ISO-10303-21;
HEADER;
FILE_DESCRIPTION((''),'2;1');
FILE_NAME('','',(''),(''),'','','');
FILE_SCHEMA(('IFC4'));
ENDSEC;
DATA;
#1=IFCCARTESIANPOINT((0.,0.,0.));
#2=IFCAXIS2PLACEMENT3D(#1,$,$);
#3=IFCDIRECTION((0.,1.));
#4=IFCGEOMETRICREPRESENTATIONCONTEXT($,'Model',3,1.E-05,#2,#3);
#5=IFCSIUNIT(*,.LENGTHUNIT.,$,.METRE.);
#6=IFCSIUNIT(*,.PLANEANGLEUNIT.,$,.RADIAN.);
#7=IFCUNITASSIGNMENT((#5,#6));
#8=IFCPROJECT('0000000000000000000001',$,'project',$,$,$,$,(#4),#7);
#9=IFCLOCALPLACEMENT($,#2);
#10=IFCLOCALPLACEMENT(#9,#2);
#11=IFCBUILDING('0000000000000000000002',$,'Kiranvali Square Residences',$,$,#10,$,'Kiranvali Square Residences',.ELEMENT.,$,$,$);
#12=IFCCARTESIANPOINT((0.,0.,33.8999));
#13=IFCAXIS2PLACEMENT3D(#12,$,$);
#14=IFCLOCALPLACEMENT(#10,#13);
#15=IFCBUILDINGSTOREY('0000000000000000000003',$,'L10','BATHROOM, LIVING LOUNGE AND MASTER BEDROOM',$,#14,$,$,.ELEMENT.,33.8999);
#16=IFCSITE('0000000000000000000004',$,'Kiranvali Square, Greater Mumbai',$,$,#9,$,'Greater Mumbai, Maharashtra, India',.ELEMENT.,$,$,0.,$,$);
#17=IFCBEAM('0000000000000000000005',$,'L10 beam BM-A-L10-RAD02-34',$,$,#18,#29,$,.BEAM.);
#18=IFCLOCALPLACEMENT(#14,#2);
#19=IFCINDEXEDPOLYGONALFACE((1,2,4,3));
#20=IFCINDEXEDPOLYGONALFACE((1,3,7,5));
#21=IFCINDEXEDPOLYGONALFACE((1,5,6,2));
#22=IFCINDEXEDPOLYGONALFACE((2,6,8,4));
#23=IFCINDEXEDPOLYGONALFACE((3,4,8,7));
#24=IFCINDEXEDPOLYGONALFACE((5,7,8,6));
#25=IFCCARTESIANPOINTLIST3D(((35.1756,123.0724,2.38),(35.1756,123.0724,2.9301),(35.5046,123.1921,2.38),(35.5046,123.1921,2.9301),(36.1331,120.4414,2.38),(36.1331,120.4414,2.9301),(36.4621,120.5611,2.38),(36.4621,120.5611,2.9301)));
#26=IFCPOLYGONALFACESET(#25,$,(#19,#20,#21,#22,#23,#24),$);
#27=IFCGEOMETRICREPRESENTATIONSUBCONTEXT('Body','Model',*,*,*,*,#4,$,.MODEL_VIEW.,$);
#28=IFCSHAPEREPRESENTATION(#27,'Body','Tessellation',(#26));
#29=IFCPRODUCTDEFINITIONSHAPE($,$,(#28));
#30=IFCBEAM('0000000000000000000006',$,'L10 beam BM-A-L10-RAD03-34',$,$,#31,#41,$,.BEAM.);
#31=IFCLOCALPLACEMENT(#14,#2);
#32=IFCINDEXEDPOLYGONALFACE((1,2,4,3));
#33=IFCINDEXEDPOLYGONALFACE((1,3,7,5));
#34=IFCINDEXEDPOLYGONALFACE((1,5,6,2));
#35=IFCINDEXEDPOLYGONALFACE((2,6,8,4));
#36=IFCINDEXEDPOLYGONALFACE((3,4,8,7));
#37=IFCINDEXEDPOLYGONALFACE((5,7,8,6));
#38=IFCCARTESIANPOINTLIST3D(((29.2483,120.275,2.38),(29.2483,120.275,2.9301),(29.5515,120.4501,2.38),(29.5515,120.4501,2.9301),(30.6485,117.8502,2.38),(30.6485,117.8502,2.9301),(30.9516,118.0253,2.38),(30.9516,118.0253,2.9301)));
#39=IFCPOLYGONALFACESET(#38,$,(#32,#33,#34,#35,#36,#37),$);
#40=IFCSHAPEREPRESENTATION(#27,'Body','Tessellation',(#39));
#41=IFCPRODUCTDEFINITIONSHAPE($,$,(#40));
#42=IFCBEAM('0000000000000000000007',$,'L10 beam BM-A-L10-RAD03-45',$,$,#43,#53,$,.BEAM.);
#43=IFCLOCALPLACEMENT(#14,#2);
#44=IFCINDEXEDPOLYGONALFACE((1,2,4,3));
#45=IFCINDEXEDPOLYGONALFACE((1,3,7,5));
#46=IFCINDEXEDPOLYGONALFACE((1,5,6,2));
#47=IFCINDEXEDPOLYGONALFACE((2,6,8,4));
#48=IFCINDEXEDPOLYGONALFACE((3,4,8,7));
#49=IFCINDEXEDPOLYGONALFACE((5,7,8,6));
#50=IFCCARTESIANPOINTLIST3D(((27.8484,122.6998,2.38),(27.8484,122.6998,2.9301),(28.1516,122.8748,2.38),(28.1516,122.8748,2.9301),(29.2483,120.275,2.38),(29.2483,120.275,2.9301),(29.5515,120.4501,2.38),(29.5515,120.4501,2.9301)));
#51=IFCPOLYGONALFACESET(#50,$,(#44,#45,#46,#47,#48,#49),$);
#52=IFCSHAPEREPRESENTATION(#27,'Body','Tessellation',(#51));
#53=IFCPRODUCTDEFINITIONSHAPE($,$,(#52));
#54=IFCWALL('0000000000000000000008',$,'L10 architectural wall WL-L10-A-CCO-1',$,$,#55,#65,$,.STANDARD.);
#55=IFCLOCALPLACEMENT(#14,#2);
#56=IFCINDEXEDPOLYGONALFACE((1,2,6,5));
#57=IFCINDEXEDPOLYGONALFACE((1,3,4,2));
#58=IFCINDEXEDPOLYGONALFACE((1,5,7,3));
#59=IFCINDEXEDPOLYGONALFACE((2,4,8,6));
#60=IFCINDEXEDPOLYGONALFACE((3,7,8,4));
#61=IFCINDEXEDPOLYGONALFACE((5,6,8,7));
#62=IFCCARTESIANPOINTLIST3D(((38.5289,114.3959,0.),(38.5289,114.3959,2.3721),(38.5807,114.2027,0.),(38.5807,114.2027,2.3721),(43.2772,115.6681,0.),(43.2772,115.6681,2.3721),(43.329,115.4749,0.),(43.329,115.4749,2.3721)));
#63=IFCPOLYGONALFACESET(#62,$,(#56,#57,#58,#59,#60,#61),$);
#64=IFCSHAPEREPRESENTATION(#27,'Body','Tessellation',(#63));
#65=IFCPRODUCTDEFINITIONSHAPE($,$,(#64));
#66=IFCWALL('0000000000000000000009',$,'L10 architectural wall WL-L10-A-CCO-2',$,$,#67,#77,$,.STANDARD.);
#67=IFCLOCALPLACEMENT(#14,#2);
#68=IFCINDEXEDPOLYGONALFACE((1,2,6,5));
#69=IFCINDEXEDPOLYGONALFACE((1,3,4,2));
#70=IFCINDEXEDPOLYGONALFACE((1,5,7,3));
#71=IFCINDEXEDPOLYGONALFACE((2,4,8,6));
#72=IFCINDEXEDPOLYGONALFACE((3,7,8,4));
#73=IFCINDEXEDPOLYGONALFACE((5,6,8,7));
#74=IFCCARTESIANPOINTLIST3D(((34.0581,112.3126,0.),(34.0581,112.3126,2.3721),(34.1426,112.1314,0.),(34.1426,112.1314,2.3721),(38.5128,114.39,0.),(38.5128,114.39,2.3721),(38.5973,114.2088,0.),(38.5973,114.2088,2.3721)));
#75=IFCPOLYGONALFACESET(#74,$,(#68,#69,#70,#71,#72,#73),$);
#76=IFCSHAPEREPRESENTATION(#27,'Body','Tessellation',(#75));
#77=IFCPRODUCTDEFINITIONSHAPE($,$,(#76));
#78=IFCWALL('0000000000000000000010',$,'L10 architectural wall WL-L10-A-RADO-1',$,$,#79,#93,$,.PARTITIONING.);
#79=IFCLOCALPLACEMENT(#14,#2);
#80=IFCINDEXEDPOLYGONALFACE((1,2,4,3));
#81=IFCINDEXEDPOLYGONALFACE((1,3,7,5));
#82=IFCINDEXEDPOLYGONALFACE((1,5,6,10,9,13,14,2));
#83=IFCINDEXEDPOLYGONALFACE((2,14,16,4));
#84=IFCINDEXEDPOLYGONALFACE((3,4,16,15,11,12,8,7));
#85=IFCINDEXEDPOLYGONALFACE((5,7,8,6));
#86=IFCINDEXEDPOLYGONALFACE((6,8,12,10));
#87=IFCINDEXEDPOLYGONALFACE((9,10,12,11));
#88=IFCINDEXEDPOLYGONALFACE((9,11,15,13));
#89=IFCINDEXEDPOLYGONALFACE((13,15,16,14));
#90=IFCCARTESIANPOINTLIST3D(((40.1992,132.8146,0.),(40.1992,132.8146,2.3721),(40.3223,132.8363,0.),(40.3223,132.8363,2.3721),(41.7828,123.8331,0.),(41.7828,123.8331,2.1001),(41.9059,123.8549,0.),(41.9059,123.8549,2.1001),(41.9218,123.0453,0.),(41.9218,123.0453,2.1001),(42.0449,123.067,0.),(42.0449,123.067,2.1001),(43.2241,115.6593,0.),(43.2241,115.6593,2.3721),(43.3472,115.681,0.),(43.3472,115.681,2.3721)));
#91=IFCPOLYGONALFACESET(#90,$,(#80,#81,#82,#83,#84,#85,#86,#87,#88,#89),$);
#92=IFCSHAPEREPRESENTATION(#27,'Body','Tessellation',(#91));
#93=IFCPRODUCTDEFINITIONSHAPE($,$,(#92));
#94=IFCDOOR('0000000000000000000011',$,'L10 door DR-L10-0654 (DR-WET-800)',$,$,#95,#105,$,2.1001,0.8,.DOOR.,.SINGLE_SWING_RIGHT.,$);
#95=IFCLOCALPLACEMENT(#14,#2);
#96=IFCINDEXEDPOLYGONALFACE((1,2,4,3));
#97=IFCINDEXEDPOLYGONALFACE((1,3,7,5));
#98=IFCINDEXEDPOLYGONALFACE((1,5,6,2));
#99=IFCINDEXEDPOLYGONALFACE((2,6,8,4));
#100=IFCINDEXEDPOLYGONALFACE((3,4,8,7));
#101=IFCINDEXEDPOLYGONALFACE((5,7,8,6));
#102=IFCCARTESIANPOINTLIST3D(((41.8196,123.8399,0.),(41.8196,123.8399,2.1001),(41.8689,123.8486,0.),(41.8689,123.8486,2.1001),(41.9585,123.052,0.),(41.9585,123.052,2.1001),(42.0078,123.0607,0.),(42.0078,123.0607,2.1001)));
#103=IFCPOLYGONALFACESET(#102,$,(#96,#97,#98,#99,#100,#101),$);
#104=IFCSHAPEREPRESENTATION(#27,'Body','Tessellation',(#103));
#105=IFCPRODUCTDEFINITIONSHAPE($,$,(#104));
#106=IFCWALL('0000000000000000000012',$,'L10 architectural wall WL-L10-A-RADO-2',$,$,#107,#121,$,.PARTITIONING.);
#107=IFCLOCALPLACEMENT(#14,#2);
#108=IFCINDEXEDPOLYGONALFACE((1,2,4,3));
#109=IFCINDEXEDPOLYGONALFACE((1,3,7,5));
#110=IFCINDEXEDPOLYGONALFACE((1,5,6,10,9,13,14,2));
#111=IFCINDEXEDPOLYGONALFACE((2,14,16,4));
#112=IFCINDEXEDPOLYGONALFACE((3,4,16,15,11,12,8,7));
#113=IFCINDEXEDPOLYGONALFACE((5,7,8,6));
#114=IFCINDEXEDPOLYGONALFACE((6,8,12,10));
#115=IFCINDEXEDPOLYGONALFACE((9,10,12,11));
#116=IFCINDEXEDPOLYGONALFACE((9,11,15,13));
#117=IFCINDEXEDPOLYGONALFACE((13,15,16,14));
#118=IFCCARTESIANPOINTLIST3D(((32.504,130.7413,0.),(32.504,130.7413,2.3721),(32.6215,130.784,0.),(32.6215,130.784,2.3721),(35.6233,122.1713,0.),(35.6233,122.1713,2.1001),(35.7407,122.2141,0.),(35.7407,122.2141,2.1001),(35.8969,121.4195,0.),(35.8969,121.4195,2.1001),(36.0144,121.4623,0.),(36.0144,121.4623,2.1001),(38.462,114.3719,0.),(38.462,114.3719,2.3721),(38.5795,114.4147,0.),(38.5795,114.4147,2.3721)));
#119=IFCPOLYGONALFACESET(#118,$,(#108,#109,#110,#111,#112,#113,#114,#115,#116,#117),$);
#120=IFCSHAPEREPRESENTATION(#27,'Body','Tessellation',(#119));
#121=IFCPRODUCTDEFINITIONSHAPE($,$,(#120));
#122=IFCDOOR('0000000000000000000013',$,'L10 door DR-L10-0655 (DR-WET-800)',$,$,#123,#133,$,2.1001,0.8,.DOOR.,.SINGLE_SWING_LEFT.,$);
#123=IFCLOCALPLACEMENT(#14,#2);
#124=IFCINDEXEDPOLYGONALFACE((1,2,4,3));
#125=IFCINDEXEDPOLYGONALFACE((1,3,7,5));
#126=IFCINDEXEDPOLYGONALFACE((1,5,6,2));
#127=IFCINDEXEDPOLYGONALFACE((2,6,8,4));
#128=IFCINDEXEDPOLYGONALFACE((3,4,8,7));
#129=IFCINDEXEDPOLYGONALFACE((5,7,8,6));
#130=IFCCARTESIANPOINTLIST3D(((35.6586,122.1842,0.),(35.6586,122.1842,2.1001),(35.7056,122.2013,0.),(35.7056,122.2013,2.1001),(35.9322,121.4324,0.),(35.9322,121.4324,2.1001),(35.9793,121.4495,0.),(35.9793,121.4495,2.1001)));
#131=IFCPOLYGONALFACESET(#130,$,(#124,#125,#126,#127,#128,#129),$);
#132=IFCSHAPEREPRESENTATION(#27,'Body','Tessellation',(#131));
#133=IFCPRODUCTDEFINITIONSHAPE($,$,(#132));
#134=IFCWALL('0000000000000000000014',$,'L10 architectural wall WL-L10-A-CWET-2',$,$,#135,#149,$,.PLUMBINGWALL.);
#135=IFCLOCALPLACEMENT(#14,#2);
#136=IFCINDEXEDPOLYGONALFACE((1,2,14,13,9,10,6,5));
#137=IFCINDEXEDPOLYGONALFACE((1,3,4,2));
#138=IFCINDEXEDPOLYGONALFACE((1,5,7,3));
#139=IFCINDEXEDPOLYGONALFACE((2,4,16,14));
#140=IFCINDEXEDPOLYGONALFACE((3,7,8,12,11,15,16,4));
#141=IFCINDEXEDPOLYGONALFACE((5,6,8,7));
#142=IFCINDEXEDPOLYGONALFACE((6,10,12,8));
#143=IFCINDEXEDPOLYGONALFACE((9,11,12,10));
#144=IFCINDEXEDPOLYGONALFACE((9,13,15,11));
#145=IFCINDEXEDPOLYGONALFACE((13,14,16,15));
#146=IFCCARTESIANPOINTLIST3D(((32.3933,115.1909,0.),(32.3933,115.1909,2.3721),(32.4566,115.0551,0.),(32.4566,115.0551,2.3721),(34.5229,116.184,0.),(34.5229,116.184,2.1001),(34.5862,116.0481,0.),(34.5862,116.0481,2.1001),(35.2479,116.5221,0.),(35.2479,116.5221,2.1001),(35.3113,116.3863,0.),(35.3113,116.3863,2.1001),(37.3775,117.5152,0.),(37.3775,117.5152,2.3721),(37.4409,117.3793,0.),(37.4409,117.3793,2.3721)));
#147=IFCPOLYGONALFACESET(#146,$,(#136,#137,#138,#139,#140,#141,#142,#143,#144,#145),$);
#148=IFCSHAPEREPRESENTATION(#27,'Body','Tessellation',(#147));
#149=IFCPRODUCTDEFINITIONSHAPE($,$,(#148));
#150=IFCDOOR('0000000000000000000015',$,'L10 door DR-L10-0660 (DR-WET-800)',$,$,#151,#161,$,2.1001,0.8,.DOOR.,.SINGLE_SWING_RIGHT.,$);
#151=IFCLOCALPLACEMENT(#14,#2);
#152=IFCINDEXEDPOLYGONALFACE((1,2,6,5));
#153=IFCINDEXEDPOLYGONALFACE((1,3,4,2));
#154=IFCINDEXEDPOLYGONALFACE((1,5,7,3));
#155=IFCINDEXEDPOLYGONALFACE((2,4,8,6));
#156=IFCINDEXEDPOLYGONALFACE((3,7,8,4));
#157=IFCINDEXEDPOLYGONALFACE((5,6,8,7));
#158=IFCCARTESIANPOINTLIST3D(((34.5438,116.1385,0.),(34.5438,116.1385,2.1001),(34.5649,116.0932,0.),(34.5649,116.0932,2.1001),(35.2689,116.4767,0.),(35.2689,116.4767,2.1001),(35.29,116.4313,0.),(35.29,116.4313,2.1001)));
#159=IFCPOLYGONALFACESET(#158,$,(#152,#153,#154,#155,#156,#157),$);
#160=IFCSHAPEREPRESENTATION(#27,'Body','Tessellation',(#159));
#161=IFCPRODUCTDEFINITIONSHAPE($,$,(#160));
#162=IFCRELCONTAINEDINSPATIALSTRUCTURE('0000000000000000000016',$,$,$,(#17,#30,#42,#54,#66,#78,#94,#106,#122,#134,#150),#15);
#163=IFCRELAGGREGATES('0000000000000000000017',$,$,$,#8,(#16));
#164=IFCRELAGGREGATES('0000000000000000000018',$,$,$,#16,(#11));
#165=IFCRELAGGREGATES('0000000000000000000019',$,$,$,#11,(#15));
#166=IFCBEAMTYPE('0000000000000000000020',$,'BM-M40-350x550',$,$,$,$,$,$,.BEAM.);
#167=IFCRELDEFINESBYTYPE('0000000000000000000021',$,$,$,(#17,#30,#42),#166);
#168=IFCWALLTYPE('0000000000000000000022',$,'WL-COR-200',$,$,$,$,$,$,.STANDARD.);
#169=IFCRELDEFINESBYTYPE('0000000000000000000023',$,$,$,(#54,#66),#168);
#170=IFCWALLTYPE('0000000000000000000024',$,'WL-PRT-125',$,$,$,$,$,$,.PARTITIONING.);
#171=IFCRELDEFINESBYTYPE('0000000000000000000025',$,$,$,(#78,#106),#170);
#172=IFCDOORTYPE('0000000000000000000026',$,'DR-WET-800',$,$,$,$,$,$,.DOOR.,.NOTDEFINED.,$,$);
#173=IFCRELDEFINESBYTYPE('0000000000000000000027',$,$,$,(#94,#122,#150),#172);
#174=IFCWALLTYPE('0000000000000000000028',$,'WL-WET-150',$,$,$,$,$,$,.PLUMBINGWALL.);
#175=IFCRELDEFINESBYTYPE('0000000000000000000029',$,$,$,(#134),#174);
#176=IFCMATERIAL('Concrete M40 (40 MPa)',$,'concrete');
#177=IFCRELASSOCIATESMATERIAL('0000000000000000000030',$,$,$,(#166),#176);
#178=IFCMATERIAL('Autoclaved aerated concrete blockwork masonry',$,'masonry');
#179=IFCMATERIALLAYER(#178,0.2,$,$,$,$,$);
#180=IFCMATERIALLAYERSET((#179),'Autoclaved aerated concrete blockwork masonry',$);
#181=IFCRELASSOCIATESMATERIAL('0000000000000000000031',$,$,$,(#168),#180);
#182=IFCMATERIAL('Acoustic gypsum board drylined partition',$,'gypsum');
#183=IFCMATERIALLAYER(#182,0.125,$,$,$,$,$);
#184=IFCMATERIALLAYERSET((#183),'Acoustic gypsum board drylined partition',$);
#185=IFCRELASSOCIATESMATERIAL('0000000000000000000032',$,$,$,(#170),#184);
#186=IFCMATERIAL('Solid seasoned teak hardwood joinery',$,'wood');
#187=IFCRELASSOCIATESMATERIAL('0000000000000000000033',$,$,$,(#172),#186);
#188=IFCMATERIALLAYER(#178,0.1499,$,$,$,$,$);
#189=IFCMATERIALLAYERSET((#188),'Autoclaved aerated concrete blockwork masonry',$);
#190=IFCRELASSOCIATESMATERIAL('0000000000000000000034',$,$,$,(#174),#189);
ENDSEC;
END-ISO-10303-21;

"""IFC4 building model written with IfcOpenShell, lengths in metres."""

from ifc_helpers import new_model, si_unit, direction, frame, frame_2d, origin, origin_2d, place, context, subcontext, project, spatial, rectangle, extrude, material, layer, layer_set, material_profile, profile_set, type_object, element, fill, save


model = new_model("IFC4")

# Units and contexts
model_context = context("Model", 3, precision=1e-05, world=origin(), true_north=direction((0.0, 1.0)))
body_context = subcontext(model_context, "Body", "Model", "MODEL_VIEW")
ifc_project = project(units=[si_unit("LENGTHUNIT", "METRE"), si_unit("PLANEANGLEUNIT", "RADIAN")], contexts=[model_context])

# Site, building, storey
site_placement = place(None, origin())
site = spatial("IfcSite", under=ifc_project, at=site_placement, Name="Kiranvali Square, Greater Mumbai", LongName="Greater Mumbai, Maharashtra, India", CompositionType="ELEMENT", RefElevation=0.0)
building_placement = place(site_placement, origin())
building = spatial("IfcBuilding", under=site, at=building_placement, Name="Kiranvali Square Residences", LongName="Kiranvali Square Residences", CompositionType="ELEMENT")
storey_placement = place(building_placement, frame((0.0, 0.0, 33.8999)))
storey = spatial("IfcBuildingStorey", under=building, at=storey_placement, Name="L10", Description="BATHROOM, LIVING LOUNGE AND MASTER BEDROOM", CompositionType="ELEMENT", Elevation=33.8999)

# Shared definitions
ifc_material_1 = material(Name="Concrete M40 (40 MPa)", Category="concrete")

# Beams
ifc_material_profile_1 = material_profile(ifc_material_1, rectangle(XDim=0.3501, YDim=0.55, at=origin_2d()), Name="RC 350x550")
ifc_profile_set_1 = profile_set([ifc_material_profile_1], Name="Concrete M40 (40 MPa)")
beam_type = type_object("IfcBeamType", Name="BM-M40-350x550", PredefinedType="BEAM", material=ifc_profile_set_1)
beam_1_placement = place(storey_placement, frame((36.2976, 120.5012, 2.655), z_axis=(-0.341981, 0.939707, 0.0), x_axis=(-0.939707, -0.341981, 0.0)))
element("IfcBeam", 1, at=beam_1_placement, inside=storey, type_object=beam_type, Name="L10 beam BM-A-L10-RAD02-34", PredefinedType="BEAM", context=body_context, shape_type="SweptSolid", body=[
    extrude(rectangle(XDim=0.3501, YDim=0.55, at=origin_2d()), origin(), (0.0, 0.0, 1.0), 2.7998),
])
beam_2_placement = place(storey_placement, frame((30.8, 117.9377, 2.655), z_axis=(-0.50005, 0.865997, 0.0), x_axis=(-0.865997, -0.50005, 0.0)))
element("IfcBeam", 2, at=beam_2_placement, inside=storey, type_object=beam_type, Name="L10 beam BM-A-L10-RAD03-34", PredefinedType="BEAM", context=body_context, shape_type="SweptSolid", body=[
    extrude(rectangle(XDim=0.3501, YDim=0.55, at=origin_2d()), origin(), (0.0, 0.0, 1.0), 2.8),
])
beam_3_placement = place(storey_placement, frame((29.3999, 120.3625, 2.655), z_axis=(-0.499984, 0.866035, 0.0), x_axis=(-0.866035, -0.499984, 0.0)))
element("IfcBeam", 3, at=beam_3_placement, inside=storey, type_object=beam_type, Name="L10 beam BM-A-L10-RAD03-45", PredefinedType="BEAM", context=body_context, shape_type="SweptSolid", body=[
    extrude(rectangle(XDim=0.3501, YDim=0.55, at=origin_2d()), origin(), (0.0, 0.0, 1.0), 2.7998),
])

# Shared definitions
ifc_material_2 = material(Name="Autoclaved aerated concrete blockwork masonry", Category="masonry")
ifc_layer_1 = layer(ifc_material_2, 0.2)
ifc_layer_set_1 = layer_set([ifc_layer_1], Name="Autoclaved aerated concrete blockwork masonry")
wall_type_1 = type_object("IfcWallType", Name="WL-COR-200", PredefinedType="STANDARD", material=ifc_layer_set_1)

# Walls
wall_1_placement = place(storey_placement, frame((43.3032, 115.5715, 0.0), z_axis=(0.0, 0.0, 1.0), x_axis=(-0.96593, -0.258803, 0.0)))
element("IfcWall", 4, at=wall_1_placement, inside=storey, type_object=wall_type_1, Name="L10 architectural wall WL-L10-A-CCO-1", PredefinedType="STANDARD", context=body_context, shape_type="SweptSolid", body=[
    extrude(rectangle(XDim=4.9158, YDim=0.2, at=frame_2d((2.458, 0.0))), origin(), (0.0, 0.0, 1.0), 2.3721),
])
wall_2_placement = place(storey_placement, frame((38.5549, 114.2993, 0.0), z_axis=(0.0, 0.0, 1.0), x_axis=(-0.906302, -0.42263, 0.0)))
element("IfcWall", 5, at=wall_2_placement, inside=storey, type_object=wall_type_1, Name="L10 architectural wall WL-L10-A-CCO-2", PredefinedType="STANDARD", context=body_context, shape_type="SweptSolid", body=[
    extrude(rectangle(XDim=4.9153, YDim=0.2, at=frame_2d((2.4575, 0.0))), origin(), (0.0, 0.0, 1.0), 2.3721),
])

# Walls, openings, doors
ifc_material_3 = material(Name="Acoustic gypsum board drylined partition", Category="gypsum")
ifc_layer_2 = layer(ifc_material_3, 0.125)
ifc_layer_set_2 = layer_set([ifc_layer_2], Name="Acoustic gypsum board drylined partition")
wall_type_2 = type_object("IfcWallType", Name="WL-PRT-125", PredefinedType="PARTITIONING", material=ifc_layer_set_2)
wall_3_placement = place(storey_placement, frame((43.2856, 115.6702, 0.0), z_axis=(0.0, 0.0, 1.0), x_axis=(-0.173646, 0.984808, 0.0)))
wall_3 = element("IfcWall", 6, at=wall_3_placement, inside=storey, type_object=wall_type_2, Name="L10 architectural wall WL-L10-A-RADO-1", PredefinedType="PARTITIONING", context=body_context, shape_type="SweptSolid", body=[
    extrude(rectangle(XDim=17.4199, YDim=0.125, at=frame_2d((8.71, 0.0))), origin(), (0.0, 0.0, 1.0), 2.3721),
])
opening_1_placement = place(wall_3_placement, frame((7.5, 0.0, 0.0)))
opening_1 = element("IfcOpeningElement", 7, at=opening_1_placement, cuts=wall_3, PredefinedType="OPENING", context=body_context, shape_type="SweptSolid", body=[
    extrude(rectangle(XDim=0.8, YDim=2.1001, at=frame_2d((0.3999, 1.05))), frame((0.0, 0.0725, 0.0), z_axis=(0.0, -1.0, 0.0), x_axis=(1.0, 0.0, 0.0)), (0.0, 0.0, 1.0), 0.145),
])
ifc_material_4 = material(Name="Solid seasoned teak hardwood joinery", Category="wood")
door_type_1 = type_object("IfcDoorType", Name="DR-WET-800", OperationType="NOTDEFINED", PredefinedType="DOOR", material=ifc_material_4)
door_1_placement = place(opening_1_placement, frame((0.8, 0.0, 0.0), z_axis=(0.0, 0.0, 1.0), x_axis=(-1.0, 0.0, 0.0)))
door_1 = element("IfcDoor", 8, at=door_1_placement, inside=storey, type_object=door_type_1, Name="L10 door DR-L10-0654 (DR-WET-800)", OperationType="SINGLE_SWING_RIGHT", OverallHeight=2.1001, OverallWidth=0.8, PredefinedType="DOOR", context=body_context, shape_type="SweptSolid", body=[
    extrude(rectangle(XDim=0.8, YDim=2.1001, at=frame_2d((0.3999, 1.05))), frame((0.0, 0.0249, 0.0), z_axis=(0.0, -1.0, 0.0), x_axis=(1.0, 0.0, 0.0)), (0.0, 0.0, 1.0), 0.05),
])
fill(opening_1, door_1)
wall_4_placement = place(storey_placement, frame((38.5208, 114.3933, 0.0), z_axis=(0.0, 0.0, 1.0), x_axis=(-0.342022, 0.939692, 0.0)))
wall_4 = element("IfcWall", 9, at=wall_4_placement, inside=storey, type_object=wall_type_2, Name="L10 architectural wall WL-L10-A-RADO-2", PredefinedType="PARTITIONING", context=body_context, shape_type="SweptSolid", body=[
    extrude(rectangle(XDim=17.4199, YDim=0.125, at=frame_2d((8.71, 0.0))), origin(), (0.0, 0.0, 1.0), 2.3721),
])
opening_2_placement = place(wall_4_placement, frame((7.5, 0.0, 0.0)))
opening_2 = element("IfcOpeningElement", 10, at=opening_2_placement, cuts=wall_4, PredefinedType="OPENING", context=body_context, shape_type="SweptSolid", body=[
    extrude(rectangle(XDim=0.8, YDim=2.1001, at=frame_2d((0.3999, 1.05))), frame((0.0, 0.0725, 0.0), z_axis=(0.0, -1.0, 0.0), x_axis=(1.0, 0.0, 0.0)), (0.0, 0.0, 1.0), 0.145),
])
door_2_placement = place(opening_2_placement, origin())
door_2 = element("IfcDoor", 11, at=door_2_placement, inside=storey, type_object=door_type_1, Name="L10 door DR-L10-0655 (DR-WET-800)", OperationType="SINGLE_SWING_LEFT", OverallHeight=2.1001, OverallWidth=0.8, PredefinedType="DOOR", context=body_context, shape_type="SweptSolid", body=[
    extrude(rectangle(XDim=0.8, YDim=2.1001, at=frame_2d((0.3999, 1.05))), frame((0.0, 0.0249, 0.0), z_axis=(0.0, -1.0, 0.0), x_axis=(1.0, 0.0, 0.0)), (0.0, 0.0, 1.0), 0.05),
])
fill(opening_2, door_2)
ifc_layer_3 = layer(ifc_material_2, 0.1499)
ifc_layer_set_3 = layer_set([ifc_layer_3], Name="Autoclaved aerated concrete blockwork masonry")
wall_type_3 = type_object("IfcWallType", Name="WL-WET-150", PredefinedType="PLUMBINGWALL", material=ifc_layer_set_3)
wall_5_placement = place(storey_placement, frame((37.4092, 117.4473, 0.0), z_axis=(0.0, 0.0, 1.0), x_axis=(-0.906302, -0.42263, 0.0)))
wall_5 = element("IfcWall", 12, at=wall_5_placement, inside=storey, type_object=wall_type_3, Name="L10 architectural wall WL-L10-A-CWET-2", PredefinedType="PLUMBINGWALL", context=body_context, shape_type="SweptSolid", body=[
    extrude(rectangle(XDim=5.4995, YDim=0.1499, at=frame_2d((2.7498, 0.0))), origin(), (0.0, 0.0, 1.0), 2.3721),
])
opening_3_placement = place(wall_5_placement, frame((2.3499, 0.0, 0.0)))
opening_3 = element("IfcOpeningElement", 13, at=opening_3_placement, cuts=wall_5, PredefinedType="OPENING", context=body_context, shape_type="SweptSolid", body=[
    extrude(rectangle(XDim=0.8, YDim=2.1001, at=frame_2d((0.3999, 1.05))), frame((0.0, 0.085, 0.0), z_axis=(0.0, -1.0, 0.0), x_axis=(1.0, 0.0, 0.0)), (0.0, 0.0, 1.0), 0.1699),
])
door_3_placement = place(opening_3_placement, frame((0.8, 0.0, 0.0), z_axis=(0.0, 0.0, 1.0), x_axis=(-1.0, 0.0, 0.0)))
door_3 = element("IfcDoor", 14, at=door_3_placement, inside=storey, type_object=door_type_1, Name="L10 door DR-L10-0660 (DR-WET-800)", OperationType="SINGLE_SWING_RIGHT", OverallHeight=2.1001, OverallWidth=0.8, PredefinedType="DOOR", context=body_context, shape_type="SweptSolid", body=[
    extrude(rectangle(XDim=0.8, YDim=2.1001, at=frame_2d((0.3999, 1.05))), frame((0.0, 0.0249, 0.0), z_axis=(0.0, -1.0, 0.0), x_axis=(1.0, 0.0, 0.0)), (0.0, 0.0, 1.0), 0.05),
])
fill(opening_3, door_3)

save(model, "model.ifc")
